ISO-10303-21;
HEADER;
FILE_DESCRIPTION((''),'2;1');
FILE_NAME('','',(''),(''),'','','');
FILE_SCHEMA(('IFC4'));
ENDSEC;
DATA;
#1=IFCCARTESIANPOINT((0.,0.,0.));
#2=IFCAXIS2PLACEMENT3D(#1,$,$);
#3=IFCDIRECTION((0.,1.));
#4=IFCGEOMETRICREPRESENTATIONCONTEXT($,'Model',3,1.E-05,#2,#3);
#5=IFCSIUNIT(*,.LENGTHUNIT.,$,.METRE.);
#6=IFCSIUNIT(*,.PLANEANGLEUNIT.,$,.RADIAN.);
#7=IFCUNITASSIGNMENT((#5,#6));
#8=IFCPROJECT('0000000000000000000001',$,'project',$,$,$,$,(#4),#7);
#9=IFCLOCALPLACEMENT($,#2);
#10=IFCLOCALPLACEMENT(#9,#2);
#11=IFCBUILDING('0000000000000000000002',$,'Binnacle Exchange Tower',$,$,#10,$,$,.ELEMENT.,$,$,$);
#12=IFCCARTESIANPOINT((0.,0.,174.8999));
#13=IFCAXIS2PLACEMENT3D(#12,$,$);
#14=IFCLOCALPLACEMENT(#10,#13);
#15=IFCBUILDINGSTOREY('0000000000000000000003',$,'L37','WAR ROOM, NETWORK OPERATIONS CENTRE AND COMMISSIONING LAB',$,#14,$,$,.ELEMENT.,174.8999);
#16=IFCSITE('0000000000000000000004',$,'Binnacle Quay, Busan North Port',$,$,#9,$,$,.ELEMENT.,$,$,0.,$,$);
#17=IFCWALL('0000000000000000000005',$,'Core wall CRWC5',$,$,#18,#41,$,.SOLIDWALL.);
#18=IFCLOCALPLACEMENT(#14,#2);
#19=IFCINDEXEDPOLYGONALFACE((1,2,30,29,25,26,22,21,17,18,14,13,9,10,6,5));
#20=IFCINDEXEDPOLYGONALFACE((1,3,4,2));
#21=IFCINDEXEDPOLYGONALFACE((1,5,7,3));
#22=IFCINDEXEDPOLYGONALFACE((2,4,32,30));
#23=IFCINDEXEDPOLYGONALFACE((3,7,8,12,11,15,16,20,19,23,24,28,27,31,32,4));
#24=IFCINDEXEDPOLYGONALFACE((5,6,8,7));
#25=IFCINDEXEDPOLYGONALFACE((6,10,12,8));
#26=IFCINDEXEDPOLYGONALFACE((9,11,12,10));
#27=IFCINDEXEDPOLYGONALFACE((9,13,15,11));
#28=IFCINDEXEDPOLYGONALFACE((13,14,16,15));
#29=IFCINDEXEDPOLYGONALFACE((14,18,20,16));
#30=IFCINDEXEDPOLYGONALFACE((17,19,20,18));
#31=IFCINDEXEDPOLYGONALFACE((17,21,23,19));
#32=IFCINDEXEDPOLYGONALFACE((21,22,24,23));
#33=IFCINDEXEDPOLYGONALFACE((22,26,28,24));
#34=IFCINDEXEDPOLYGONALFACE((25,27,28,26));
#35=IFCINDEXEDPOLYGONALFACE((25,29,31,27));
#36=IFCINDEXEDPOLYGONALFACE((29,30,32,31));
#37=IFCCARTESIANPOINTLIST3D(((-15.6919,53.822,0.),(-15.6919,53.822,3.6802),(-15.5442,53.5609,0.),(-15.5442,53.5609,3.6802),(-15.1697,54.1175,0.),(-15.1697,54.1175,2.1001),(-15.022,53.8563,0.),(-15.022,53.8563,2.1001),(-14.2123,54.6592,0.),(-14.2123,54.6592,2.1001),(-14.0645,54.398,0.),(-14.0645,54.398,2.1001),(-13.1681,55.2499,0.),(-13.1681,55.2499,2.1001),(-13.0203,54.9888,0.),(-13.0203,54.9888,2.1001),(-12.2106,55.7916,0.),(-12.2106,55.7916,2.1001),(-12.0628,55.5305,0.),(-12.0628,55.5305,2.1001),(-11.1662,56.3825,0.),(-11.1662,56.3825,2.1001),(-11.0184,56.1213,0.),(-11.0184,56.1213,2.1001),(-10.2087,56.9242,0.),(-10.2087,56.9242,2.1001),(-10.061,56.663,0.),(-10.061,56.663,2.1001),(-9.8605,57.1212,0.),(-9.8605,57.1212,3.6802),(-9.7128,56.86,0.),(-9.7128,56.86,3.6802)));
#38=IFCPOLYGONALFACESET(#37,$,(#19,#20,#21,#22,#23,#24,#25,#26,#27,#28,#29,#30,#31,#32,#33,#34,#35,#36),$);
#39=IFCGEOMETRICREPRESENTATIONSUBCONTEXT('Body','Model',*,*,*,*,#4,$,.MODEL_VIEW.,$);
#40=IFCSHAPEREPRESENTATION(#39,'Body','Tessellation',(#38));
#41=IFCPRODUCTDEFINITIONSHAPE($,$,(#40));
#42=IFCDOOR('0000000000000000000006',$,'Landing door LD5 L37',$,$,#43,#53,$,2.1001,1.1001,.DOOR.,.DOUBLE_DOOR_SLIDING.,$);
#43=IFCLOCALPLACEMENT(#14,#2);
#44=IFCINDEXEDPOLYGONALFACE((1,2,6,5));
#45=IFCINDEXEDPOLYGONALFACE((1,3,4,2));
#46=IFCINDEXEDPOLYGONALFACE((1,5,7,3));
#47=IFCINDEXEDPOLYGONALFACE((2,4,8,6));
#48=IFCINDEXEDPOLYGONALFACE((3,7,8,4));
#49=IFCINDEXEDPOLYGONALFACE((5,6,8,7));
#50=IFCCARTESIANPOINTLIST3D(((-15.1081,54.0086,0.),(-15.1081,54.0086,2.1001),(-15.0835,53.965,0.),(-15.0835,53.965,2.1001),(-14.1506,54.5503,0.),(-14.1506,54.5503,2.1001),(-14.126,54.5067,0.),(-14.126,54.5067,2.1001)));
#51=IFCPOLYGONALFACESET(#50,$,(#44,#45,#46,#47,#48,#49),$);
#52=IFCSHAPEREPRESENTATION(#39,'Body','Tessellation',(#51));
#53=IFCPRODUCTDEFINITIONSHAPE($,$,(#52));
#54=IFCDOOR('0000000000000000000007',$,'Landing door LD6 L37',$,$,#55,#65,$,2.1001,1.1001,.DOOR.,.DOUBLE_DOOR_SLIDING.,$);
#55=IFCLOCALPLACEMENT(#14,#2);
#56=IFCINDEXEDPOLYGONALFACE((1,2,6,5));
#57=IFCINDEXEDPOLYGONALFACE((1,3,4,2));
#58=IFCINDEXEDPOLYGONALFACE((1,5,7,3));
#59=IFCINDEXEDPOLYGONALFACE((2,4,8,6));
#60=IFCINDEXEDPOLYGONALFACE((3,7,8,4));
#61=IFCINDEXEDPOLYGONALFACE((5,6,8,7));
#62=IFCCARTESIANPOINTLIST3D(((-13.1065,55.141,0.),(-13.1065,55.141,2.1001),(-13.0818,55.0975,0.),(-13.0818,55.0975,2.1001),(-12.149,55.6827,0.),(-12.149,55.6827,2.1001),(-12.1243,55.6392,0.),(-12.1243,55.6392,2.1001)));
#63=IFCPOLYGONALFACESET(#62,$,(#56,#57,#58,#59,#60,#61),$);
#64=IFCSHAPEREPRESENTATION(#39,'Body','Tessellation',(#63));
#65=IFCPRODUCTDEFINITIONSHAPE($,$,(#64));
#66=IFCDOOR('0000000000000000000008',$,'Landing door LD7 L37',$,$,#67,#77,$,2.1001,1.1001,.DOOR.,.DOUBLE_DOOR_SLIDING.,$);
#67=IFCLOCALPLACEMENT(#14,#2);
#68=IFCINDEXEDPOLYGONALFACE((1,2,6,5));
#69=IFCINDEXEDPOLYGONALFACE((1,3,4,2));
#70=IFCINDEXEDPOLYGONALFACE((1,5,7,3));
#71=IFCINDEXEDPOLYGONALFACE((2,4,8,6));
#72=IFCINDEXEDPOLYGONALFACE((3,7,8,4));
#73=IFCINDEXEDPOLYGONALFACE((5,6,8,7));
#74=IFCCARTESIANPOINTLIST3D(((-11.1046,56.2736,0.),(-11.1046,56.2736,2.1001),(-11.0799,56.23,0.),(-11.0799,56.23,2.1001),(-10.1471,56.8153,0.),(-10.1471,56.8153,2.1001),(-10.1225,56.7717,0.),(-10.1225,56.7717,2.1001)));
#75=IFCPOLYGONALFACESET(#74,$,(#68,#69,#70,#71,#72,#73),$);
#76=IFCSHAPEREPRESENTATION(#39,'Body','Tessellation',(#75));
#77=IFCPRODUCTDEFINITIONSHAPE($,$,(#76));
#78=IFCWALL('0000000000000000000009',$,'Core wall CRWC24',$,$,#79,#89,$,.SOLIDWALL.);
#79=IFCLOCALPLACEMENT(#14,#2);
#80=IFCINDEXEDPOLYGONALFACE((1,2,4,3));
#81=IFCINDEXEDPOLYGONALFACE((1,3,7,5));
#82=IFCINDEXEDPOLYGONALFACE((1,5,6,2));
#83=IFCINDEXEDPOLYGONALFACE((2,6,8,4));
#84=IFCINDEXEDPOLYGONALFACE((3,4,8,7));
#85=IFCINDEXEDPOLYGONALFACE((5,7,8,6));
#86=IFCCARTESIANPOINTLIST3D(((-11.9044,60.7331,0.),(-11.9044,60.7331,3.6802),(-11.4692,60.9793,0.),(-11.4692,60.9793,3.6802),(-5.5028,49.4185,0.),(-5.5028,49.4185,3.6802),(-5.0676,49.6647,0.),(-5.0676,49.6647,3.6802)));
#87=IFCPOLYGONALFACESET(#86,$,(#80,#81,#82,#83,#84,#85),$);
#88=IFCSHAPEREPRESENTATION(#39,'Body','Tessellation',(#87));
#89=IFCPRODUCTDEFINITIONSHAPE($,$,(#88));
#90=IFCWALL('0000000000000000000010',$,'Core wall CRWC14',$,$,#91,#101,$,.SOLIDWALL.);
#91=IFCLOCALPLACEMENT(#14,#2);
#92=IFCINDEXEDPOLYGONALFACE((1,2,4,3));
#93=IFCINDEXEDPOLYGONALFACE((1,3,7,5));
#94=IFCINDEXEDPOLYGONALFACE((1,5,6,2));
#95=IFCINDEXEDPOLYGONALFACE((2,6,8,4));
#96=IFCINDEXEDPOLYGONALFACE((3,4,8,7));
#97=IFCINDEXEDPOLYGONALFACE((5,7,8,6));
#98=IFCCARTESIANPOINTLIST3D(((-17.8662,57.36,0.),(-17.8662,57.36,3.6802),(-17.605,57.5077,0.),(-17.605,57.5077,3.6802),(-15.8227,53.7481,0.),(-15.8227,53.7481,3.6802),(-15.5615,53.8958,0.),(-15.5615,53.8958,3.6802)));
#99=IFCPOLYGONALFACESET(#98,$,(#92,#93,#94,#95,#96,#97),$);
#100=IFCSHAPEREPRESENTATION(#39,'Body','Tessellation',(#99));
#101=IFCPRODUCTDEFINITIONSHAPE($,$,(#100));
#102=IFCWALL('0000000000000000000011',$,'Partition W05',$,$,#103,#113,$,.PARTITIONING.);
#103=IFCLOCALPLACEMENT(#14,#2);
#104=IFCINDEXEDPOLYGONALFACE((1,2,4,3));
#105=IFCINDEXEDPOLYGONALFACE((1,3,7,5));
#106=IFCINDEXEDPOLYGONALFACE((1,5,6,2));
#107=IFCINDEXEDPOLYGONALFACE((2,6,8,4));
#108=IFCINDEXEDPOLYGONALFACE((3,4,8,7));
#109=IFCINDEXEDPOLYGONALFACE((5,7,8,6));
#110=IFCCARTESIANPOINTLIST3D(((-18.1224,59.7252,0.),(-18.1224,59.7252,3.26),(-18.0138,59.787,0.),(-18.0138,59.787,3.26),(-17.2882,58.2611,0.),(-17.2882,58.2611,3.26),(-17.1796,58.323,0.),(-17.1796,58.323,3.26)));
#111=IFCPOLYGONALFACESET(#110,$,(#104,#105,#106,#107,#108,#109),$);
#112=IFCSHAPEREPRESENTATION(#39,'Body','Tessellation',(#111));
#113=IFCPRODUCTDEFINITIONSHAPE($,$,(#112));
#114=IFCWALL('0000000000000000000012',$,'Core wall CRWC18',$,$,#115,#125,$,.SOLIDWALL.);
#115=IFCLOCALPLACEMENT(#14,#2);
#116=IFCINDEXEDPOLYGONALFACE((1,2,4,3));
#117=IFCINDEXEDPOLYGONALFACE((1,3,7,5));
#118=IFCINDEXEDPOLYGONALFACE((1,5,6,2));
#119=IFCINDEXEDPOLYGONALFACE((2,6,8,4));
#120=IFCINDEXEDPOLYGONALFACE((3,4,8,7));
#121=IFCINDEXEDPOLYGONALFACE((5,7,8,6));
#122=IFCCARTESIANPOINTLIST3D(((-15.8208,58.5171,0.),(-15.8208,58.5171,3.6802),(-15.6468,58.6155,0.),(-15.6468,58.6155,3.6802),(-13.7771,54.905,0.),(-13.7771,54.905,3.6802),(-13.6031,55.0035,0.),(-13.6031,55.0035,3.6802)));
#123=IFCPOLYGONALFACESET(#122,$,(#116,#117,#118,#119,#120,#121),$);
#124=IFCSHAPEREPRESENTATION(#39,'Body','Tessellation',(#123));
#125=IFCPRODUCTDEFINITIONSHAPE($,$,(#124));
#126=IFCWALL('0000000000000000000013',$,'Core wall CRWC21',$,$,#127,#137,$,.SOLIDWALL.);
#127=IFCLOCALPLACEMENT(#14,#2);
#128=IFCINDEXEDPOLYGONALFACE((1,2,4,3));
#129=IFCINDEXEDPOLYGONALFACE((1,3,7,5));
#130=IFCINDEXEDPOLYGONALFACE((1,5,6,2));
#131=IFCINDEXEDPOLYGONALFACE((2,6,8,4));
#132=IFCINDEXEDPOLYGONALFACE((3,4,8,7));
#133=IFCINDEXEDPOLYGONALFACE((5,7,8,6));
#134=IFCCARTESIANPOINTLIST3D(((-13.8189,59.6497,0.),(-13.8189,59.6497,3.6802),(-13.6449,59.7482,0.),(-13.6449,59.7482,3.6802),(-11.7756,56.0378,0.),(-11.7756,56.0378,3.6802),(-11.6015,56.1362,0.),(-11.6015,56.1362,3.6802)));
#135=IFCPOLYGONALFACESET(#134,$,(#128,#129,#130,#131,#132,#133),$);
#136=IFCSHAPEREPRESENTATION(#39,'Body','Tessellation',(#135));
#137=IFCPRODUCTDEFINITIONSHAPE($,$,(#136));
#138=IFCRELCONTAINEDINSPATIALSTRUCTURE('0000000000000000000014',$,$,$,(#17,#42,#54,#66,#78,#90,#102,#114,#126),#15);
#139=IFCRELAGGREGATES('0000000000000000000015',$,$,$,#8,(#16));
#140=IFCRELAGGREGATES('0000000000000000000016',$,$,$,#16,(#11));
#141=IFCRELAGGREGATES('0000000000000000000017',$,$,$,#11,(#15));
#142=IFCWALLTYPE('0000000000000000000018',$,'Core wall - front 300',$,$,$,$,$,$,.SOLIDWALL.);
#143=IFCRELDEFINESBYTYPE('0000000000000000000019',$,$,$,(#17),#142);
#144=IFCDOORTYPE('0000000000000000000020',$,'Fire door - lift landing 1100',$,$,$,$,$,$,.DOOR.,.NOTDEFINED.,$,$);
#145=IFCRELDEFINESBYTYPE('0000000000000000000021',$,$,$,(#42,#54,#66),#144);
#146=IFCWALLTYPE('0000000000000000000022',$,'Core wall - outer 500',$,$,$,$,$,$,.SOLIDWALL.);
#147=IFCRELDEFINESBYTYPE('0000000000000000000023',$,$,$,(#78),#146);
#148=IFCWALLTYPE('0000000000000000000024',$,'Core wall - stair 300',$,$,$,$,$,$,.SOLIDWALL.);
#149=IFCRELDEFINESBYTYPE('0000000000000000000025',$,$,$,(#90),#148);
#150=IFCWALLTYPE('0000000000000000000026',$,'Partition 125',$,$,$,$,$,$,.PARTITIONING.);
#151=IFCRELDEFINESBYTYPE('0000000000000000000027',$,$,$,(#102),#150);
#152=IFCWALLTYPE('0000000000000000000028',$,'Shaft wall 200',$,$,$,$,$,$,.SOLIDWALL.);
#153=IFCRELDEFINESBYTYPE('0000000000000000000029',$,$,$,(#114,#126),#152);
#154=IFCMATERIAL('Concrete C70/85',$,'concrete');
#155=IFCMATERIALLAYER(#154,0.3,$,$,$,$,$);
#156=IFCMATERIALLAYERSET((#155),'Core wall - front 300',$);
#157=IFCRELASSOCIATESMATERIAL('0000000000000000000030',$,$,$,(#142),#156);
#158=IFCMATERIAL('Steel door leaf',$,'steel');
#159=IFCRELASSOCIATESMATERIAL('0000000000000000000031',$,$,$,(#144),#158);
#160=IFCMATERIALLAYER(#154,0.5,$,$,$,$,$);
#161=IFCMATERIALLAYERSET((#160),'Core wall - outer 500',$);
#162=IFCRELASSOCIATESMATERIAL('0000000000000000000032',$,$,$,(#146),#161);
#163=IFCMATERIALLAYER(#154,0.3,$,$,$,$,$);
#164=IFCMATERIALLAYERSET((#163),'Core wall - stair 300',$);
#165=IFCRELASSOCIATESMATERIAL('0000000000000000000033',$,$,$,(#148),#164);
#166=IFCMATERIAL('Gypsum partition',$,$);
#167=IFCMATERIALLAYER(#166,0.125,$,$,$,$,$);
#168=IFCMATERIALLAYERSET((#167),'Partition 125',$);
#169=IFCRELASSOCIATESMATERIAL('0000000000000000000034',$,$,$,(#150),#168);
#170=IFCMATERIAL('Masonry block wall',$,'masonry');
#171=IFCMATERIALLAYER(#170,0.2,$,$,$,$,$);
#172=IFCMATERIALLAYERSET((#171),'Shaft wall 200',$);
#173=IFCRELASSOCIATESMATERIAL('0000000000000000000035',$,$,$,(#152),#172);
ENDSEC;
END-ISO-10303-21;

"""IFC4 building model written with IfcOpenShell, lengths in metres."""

from ifc_helpers import new_model, si_unit, direction, frame, frame_2d, origin, place, context, subcontext, project, spatial, rectangle, extrude, material, layer, layer_set, type_object, element, fill, save


model = new_model("IFC4")

# Units and contexts
model_context = context("Model", 3, precision=1e-05, world=origin(), true_north=direction((0.0, 1.0)))
body_context = subcontext(model_context, "Body", "Model", "MODEL_VIEW")
ifc_project = project(units=[si_unit("LENGTHUNIT", "METRE"), si_unit("PLANEANGLEUNIT", "RADIAN")], contexts=[model_context])

# Site, building, storey
site_placement = place(None, origin())
site = spatial("IfcSite", under=ifc_project, at=site_placement, Name="Binnacle Quay, Busan North Port", CompositionType="ELEMENT", RefElevation=0.0)
building_placement = place(site_placement, origin())
building = spatial("IfcBuilding", under=site, at=building_placement, Name="Binnacle Exchange Tower", CompositionType="ELEMENT")
storey_placement = place(building_placement, frame((0.0, 0.0, 174.8999)))
storey = spatial("IfcBuildingStorey", under=building, at=storey_placement, Name="L37", Description="WAR ROOM, NETWORK OPERATIONS CENTRE AND COMMISSIONING LAB", CompositionType="ELEMENT", Elevation=174.8999)

# Shared definitions
ifc_material_1 = material(Name="Concrete C70/85", Category="concrete")

# Wall, openings, doors
ifc_layer_1 = layer(ifc_material_1, 0.3)
ifc_layer_set_1 = layer_set([ifc_layer_1], Name="Core wall - front 300")
wall_type_1 = type_object("IfcWallType", Name="Core wall - front 300", PredefinedType="SOLIDWALL", material=ifc_layer_set_1)
ifc_material_2 = material(Name="Steel door leaf", Category="steel")
wall_1_placement = place(storey_placement, frame((-15.6182, 53.6914, 0.0), z_axis=(0.0, 0.0, 1.0), x_axis=(0.870363, 0.49241, 0.0)))
wall_1 = element("IfcWall", 1, at=wall_1_placement, inside=storey, type_object=wall_type_1, Name="Core wall CRWC5", PredefinedType="SOLIDWALL", context=body_context, shape_type="SweptSolid", body=[
    extrude(rectangle(XDim=6.7, YDim=0.3, at=frame_2d((3.3501, 0.0))), origin(), (0.0, 0.0, 1.0), 3.6802),
])
opening_1_placement = place(wall_1_placement, frame((0.6001, 0.0, 0.0)))
opening_1 = element("IfcOpeningElement", 2, at=opening_1_placement, cuts=wall_1, PredefinedType="OPENING", context=body_context, shape_type="SweptSolid", body=[
    extrude(rectangle(XDim=1.1001, YDim=2.1001, at=frame_2d((0.55, 1.05))), frame((0.0, 0.1599, 0.0), z_axis=(0.0, -1.0, 0.0), x_axis=(1.0, 0.0, 0.0)), (0.0, 0.0, 1.0), 0.3201),
])
opening_2_placement = place(wall_1_placement, frame((2.8999, 0.0, 0.0)))
opening_2 = element("IfcOpeningElement", 3, at=opening_2_placement, cuts=wall_1, PredefinedType="OPENING", context=body_context, shape_type="SweptSolid", body=[
    extrude(rectangle(XDim=1.1001, YDim=2.1001, at=frame_2d((0.55, 1.05))), frame((0.0, 0.1599, 0.0), z_axis=(0.0, -1.0, 0.0), x_axis=(1.0, 0.0, 0.0)), (0.0, 0.0, 1.0), 0.3201),
])
opening_3_placement = place(wall_1_placement, frame((5.2, 0.0, 0.0)))
opening_3 = element("IfcOpeningElement", 4, at=opening_3_placement, cuts=wall_1, PredefinedType="OPENING", context=body_context, shape_type="SweptSolid", body=[
    extrude(rectangle(XDim=1.1001, YDim=2.1001, at=frame_2d((0.55, 1.05))), frame((0.0, 0.1599, 0.0), z_axis=(0.0, -1.0, 0.0), x_axis=(1.0, 0.0, 0.0)), (0.0, 0.0, 1.0), 0.3201),
])
door_type_1 = type_object("IfcDoorType", Name="Fire door - lift landing 1100", OperationType="NOTDEFINED", PredefinedType="DOOR", material=ifc_material_2)
door_1_placement = place(opening_1_placement, origin())
door_1 = element("IfcDoor", 5, at=door_1_placement, inside=storey, type_object=door_type_1, Name="Landing door LD5 L37", OperationType="DOUBLE_DOOR_SLIDING", OverallHeight=2.1001, OverallWidth=1.1001, PredefinedType="DOOR", context=body_context, shape_type="SweptSolid", body=[
    extrude(rectangle(XDim=1.1001, YDim=2.1001, at=frame_2d((0.55, 1.05))), frame((0.0, 0.0249, 0.0), z_axis=(0.0, -1.0, 0.0), x_axis=(1.0, 0.0, 0.0)), (0.0, 0.0, 1.0), 0.05),
])
fill(opening_1, door_1)
door_2_placement = place(opening_2_placement, origin())
door_2 = element("IfcDoor", 6, at=door_2_placement, inside=storey, type_object=door_type_1, Name="Landing door LD6 L37", OperationType="DOUBLE_DOOR_SLIDING", OverallHeight=2.1001, OverallWidth=1.1001, PredefinedType="DOOR", context=body_context, shape_type="SweptSolid", body=[
    extrude(rectangle(XDim=1.1001, YDim=2.1001, at=frame_2d((0.55, 1.05))), frame((0.0, 0.0249, 0.0), z_axis=(0.0, -1.0, 0.0), x_axis=(1.0, 0.0, 0.0)), (0.0, 0.0, 1.0), 0.05),
])
fill(opening_2, door_2)
door_3_placement = place(opening_3_placement, origin())
door_3 = element("IfcDoor", 7, at=door_3_placement, inside=storey, type_object=door_type_1, Name="Landing door LD7 L37", OperationType="DOUBLE_DOOR_SLIDING", OverallHeight=2.1001, OverallWidth=1.1001, PredefinedType="DOOR", context=body_context, shape_type="SweptSolid", body=[
    extrude(rectangle(XDim=1.1001, YDim=2.1001, at=frame_2d((0.55, 1.05))), frame((0.0, 0.0249, 0.0), z_axis=(0.0, -1.0, 0.0), x_axis=(1.0, 0.0, 0.0)), (0.0, 0.0, 1.0), 0.05),
])
fill(opening_3, door_3)

# Walls
ifc_layer_2 = layer(ifc_material_1, 0.5)
ifc_layer_set_2 = layer_set([ifc_layer_2], Name="Core wall - outer 500")
wall_type_2 = type_object("IfcWallType", Name="Core wall - outer 500", PredefinedType="SOLIDWALL", material=ifc_layer_set_2)
wall_2_placement = place(storey_placement, frame((-11.6868, 60.8562, 0.0), z_axis=(0.0, 0.0, 1.0), x_axis=(0.492427, -0.870354, 0.0)))
element("IfcWall", 8, at=wall_2_placement, inside=storey, type_object=wall_type_2, Name="Core wall CRWC24", PredefinedType="SOLIDWALL", context=body_context, shape_type="SweptSolid", body=[
    extrude(rectangle(XDim=13.0, YDim=0.5, at=frame_2d((6.5, 0.0))), origin(), (0.0, 0.0, 1.0), 3.6802),
])
ifc_layer_3 = layer(ifc_material_1, 0.3)
ifc_layer_set_3 = layer_set([ifc_layer_3], Name="Core wall - stair 300")
wall_type_3 = type_object("IfcWallType", Name="Core wall - stair 300", PredefinedType="SOLIDWALL", material=ifc_layer_set_3)
wall_3_placement = place(storey_placement, frame((-17.7356, 57.4338, 0.0), z_axis=(0.0, 0.0, 1.0), x_axis=(0.492422, -0.870357, 0.0)))
element("IfcWall", 9, at=wall_3_placement, inside=storey, type_object=wall_type_3, Name="Core wall CRWC14", PredefinedType="SOLIDWALL", context=body_context, shape_type="SweptSolid", body=[
    extrude(rectangle(XDim=4.1499, YDim=0.3, at=frame_2d((2.075, 0.0))), origin(), (0.0, 0.0, 1.0), 3.6802),
])
ifc_material_3 = material(Name="Gypsum partition")
ifc_layer_4 = layer(ifc_material_3, 0.125)
ifc_layer_set_4 = layer_set([ifc_layer_4], Name="Partition 125")
wall_type_4 = type_object("IfcWallType", Name="Partition 125", PredefinedType="PARTITIONING", material=ifc_layer_set_4)
wall_4_placement = place(storey_placement, frame((-18.0681, 59.7561, 0.0), z_axis=(0.0, 0.0, 1.0), x_axis=(0.495062, -0.868858, 0.0)))
element("IfcWall", 10, at=wall_4_placement, inside=storey, type_object=wall_type_4, Name="Partition W05", PredefinedType="PARTITIONING", context=body_context, shape_type="SweptSolid", body=[
    extrude(rectangle(XDim=1.6851, YDim=0.125, at=frame_2d((0.8425, 0.0))), origin(), (0.0, 0.0, 1.0), 3.26),
])
ifc_material_4 = material(Name="Masonry block wall", Category="masonry")
ifc_layer_5 = layer(ifc_material_4, 0.2)
ifc_layer_set_5 = layer_set([ifc_layer_5], Name="Shaft wall 200")
wall_type_5 = type_object("IfcWallType", Name="Shaft wall 200", PredefinedType="SOLIDWALL", material=ifc_layer_set_5)
wall_5_placement = place(storey_placement, frame((-15.7339, 58.5664, 0.0), z_axis=(0.0, 0.0, 1.0), x_axis=(0.492441, -0.870346, 0.0)))
element("IfcWall", 11, at=wall_5_placement, inside=storey, type_object=wall_type_5, Name="Core wall CRWC18", PredefinedType="SOLIDWALL", context=body_context, shape_type="SweptSolid", body=[
    extrude(rectangle(XDim=4.1501, YDim=0.2, at=frame_2d((2.0752, 0.0))), origin(), (0.0, 0.0, 1.0), 3.6802),
])
wall_6_placement = place(storey_placement, frame((-13.7319, 59.699, 0.0), z_axis=(0.0, 0.0, 1.0), x_axis=(0.492396, -0.870371, 0.0)))
element("IfcWall", 12, at=wall_6_placement, inside=storey, type_object=wall_type_5, Name="Core wall CRWC21", PredefinedType="SOLIDWALL", context=body_context, shape_type="SweptSolid", body=[
    extrude(rectangle(XDim=4.1499, YDim=0.2, at=frame_2d((2.075, 0.0))), origin(), (0.0, 0.0, 1.0), 3.6802),
])

save(model, "model.ifc")
